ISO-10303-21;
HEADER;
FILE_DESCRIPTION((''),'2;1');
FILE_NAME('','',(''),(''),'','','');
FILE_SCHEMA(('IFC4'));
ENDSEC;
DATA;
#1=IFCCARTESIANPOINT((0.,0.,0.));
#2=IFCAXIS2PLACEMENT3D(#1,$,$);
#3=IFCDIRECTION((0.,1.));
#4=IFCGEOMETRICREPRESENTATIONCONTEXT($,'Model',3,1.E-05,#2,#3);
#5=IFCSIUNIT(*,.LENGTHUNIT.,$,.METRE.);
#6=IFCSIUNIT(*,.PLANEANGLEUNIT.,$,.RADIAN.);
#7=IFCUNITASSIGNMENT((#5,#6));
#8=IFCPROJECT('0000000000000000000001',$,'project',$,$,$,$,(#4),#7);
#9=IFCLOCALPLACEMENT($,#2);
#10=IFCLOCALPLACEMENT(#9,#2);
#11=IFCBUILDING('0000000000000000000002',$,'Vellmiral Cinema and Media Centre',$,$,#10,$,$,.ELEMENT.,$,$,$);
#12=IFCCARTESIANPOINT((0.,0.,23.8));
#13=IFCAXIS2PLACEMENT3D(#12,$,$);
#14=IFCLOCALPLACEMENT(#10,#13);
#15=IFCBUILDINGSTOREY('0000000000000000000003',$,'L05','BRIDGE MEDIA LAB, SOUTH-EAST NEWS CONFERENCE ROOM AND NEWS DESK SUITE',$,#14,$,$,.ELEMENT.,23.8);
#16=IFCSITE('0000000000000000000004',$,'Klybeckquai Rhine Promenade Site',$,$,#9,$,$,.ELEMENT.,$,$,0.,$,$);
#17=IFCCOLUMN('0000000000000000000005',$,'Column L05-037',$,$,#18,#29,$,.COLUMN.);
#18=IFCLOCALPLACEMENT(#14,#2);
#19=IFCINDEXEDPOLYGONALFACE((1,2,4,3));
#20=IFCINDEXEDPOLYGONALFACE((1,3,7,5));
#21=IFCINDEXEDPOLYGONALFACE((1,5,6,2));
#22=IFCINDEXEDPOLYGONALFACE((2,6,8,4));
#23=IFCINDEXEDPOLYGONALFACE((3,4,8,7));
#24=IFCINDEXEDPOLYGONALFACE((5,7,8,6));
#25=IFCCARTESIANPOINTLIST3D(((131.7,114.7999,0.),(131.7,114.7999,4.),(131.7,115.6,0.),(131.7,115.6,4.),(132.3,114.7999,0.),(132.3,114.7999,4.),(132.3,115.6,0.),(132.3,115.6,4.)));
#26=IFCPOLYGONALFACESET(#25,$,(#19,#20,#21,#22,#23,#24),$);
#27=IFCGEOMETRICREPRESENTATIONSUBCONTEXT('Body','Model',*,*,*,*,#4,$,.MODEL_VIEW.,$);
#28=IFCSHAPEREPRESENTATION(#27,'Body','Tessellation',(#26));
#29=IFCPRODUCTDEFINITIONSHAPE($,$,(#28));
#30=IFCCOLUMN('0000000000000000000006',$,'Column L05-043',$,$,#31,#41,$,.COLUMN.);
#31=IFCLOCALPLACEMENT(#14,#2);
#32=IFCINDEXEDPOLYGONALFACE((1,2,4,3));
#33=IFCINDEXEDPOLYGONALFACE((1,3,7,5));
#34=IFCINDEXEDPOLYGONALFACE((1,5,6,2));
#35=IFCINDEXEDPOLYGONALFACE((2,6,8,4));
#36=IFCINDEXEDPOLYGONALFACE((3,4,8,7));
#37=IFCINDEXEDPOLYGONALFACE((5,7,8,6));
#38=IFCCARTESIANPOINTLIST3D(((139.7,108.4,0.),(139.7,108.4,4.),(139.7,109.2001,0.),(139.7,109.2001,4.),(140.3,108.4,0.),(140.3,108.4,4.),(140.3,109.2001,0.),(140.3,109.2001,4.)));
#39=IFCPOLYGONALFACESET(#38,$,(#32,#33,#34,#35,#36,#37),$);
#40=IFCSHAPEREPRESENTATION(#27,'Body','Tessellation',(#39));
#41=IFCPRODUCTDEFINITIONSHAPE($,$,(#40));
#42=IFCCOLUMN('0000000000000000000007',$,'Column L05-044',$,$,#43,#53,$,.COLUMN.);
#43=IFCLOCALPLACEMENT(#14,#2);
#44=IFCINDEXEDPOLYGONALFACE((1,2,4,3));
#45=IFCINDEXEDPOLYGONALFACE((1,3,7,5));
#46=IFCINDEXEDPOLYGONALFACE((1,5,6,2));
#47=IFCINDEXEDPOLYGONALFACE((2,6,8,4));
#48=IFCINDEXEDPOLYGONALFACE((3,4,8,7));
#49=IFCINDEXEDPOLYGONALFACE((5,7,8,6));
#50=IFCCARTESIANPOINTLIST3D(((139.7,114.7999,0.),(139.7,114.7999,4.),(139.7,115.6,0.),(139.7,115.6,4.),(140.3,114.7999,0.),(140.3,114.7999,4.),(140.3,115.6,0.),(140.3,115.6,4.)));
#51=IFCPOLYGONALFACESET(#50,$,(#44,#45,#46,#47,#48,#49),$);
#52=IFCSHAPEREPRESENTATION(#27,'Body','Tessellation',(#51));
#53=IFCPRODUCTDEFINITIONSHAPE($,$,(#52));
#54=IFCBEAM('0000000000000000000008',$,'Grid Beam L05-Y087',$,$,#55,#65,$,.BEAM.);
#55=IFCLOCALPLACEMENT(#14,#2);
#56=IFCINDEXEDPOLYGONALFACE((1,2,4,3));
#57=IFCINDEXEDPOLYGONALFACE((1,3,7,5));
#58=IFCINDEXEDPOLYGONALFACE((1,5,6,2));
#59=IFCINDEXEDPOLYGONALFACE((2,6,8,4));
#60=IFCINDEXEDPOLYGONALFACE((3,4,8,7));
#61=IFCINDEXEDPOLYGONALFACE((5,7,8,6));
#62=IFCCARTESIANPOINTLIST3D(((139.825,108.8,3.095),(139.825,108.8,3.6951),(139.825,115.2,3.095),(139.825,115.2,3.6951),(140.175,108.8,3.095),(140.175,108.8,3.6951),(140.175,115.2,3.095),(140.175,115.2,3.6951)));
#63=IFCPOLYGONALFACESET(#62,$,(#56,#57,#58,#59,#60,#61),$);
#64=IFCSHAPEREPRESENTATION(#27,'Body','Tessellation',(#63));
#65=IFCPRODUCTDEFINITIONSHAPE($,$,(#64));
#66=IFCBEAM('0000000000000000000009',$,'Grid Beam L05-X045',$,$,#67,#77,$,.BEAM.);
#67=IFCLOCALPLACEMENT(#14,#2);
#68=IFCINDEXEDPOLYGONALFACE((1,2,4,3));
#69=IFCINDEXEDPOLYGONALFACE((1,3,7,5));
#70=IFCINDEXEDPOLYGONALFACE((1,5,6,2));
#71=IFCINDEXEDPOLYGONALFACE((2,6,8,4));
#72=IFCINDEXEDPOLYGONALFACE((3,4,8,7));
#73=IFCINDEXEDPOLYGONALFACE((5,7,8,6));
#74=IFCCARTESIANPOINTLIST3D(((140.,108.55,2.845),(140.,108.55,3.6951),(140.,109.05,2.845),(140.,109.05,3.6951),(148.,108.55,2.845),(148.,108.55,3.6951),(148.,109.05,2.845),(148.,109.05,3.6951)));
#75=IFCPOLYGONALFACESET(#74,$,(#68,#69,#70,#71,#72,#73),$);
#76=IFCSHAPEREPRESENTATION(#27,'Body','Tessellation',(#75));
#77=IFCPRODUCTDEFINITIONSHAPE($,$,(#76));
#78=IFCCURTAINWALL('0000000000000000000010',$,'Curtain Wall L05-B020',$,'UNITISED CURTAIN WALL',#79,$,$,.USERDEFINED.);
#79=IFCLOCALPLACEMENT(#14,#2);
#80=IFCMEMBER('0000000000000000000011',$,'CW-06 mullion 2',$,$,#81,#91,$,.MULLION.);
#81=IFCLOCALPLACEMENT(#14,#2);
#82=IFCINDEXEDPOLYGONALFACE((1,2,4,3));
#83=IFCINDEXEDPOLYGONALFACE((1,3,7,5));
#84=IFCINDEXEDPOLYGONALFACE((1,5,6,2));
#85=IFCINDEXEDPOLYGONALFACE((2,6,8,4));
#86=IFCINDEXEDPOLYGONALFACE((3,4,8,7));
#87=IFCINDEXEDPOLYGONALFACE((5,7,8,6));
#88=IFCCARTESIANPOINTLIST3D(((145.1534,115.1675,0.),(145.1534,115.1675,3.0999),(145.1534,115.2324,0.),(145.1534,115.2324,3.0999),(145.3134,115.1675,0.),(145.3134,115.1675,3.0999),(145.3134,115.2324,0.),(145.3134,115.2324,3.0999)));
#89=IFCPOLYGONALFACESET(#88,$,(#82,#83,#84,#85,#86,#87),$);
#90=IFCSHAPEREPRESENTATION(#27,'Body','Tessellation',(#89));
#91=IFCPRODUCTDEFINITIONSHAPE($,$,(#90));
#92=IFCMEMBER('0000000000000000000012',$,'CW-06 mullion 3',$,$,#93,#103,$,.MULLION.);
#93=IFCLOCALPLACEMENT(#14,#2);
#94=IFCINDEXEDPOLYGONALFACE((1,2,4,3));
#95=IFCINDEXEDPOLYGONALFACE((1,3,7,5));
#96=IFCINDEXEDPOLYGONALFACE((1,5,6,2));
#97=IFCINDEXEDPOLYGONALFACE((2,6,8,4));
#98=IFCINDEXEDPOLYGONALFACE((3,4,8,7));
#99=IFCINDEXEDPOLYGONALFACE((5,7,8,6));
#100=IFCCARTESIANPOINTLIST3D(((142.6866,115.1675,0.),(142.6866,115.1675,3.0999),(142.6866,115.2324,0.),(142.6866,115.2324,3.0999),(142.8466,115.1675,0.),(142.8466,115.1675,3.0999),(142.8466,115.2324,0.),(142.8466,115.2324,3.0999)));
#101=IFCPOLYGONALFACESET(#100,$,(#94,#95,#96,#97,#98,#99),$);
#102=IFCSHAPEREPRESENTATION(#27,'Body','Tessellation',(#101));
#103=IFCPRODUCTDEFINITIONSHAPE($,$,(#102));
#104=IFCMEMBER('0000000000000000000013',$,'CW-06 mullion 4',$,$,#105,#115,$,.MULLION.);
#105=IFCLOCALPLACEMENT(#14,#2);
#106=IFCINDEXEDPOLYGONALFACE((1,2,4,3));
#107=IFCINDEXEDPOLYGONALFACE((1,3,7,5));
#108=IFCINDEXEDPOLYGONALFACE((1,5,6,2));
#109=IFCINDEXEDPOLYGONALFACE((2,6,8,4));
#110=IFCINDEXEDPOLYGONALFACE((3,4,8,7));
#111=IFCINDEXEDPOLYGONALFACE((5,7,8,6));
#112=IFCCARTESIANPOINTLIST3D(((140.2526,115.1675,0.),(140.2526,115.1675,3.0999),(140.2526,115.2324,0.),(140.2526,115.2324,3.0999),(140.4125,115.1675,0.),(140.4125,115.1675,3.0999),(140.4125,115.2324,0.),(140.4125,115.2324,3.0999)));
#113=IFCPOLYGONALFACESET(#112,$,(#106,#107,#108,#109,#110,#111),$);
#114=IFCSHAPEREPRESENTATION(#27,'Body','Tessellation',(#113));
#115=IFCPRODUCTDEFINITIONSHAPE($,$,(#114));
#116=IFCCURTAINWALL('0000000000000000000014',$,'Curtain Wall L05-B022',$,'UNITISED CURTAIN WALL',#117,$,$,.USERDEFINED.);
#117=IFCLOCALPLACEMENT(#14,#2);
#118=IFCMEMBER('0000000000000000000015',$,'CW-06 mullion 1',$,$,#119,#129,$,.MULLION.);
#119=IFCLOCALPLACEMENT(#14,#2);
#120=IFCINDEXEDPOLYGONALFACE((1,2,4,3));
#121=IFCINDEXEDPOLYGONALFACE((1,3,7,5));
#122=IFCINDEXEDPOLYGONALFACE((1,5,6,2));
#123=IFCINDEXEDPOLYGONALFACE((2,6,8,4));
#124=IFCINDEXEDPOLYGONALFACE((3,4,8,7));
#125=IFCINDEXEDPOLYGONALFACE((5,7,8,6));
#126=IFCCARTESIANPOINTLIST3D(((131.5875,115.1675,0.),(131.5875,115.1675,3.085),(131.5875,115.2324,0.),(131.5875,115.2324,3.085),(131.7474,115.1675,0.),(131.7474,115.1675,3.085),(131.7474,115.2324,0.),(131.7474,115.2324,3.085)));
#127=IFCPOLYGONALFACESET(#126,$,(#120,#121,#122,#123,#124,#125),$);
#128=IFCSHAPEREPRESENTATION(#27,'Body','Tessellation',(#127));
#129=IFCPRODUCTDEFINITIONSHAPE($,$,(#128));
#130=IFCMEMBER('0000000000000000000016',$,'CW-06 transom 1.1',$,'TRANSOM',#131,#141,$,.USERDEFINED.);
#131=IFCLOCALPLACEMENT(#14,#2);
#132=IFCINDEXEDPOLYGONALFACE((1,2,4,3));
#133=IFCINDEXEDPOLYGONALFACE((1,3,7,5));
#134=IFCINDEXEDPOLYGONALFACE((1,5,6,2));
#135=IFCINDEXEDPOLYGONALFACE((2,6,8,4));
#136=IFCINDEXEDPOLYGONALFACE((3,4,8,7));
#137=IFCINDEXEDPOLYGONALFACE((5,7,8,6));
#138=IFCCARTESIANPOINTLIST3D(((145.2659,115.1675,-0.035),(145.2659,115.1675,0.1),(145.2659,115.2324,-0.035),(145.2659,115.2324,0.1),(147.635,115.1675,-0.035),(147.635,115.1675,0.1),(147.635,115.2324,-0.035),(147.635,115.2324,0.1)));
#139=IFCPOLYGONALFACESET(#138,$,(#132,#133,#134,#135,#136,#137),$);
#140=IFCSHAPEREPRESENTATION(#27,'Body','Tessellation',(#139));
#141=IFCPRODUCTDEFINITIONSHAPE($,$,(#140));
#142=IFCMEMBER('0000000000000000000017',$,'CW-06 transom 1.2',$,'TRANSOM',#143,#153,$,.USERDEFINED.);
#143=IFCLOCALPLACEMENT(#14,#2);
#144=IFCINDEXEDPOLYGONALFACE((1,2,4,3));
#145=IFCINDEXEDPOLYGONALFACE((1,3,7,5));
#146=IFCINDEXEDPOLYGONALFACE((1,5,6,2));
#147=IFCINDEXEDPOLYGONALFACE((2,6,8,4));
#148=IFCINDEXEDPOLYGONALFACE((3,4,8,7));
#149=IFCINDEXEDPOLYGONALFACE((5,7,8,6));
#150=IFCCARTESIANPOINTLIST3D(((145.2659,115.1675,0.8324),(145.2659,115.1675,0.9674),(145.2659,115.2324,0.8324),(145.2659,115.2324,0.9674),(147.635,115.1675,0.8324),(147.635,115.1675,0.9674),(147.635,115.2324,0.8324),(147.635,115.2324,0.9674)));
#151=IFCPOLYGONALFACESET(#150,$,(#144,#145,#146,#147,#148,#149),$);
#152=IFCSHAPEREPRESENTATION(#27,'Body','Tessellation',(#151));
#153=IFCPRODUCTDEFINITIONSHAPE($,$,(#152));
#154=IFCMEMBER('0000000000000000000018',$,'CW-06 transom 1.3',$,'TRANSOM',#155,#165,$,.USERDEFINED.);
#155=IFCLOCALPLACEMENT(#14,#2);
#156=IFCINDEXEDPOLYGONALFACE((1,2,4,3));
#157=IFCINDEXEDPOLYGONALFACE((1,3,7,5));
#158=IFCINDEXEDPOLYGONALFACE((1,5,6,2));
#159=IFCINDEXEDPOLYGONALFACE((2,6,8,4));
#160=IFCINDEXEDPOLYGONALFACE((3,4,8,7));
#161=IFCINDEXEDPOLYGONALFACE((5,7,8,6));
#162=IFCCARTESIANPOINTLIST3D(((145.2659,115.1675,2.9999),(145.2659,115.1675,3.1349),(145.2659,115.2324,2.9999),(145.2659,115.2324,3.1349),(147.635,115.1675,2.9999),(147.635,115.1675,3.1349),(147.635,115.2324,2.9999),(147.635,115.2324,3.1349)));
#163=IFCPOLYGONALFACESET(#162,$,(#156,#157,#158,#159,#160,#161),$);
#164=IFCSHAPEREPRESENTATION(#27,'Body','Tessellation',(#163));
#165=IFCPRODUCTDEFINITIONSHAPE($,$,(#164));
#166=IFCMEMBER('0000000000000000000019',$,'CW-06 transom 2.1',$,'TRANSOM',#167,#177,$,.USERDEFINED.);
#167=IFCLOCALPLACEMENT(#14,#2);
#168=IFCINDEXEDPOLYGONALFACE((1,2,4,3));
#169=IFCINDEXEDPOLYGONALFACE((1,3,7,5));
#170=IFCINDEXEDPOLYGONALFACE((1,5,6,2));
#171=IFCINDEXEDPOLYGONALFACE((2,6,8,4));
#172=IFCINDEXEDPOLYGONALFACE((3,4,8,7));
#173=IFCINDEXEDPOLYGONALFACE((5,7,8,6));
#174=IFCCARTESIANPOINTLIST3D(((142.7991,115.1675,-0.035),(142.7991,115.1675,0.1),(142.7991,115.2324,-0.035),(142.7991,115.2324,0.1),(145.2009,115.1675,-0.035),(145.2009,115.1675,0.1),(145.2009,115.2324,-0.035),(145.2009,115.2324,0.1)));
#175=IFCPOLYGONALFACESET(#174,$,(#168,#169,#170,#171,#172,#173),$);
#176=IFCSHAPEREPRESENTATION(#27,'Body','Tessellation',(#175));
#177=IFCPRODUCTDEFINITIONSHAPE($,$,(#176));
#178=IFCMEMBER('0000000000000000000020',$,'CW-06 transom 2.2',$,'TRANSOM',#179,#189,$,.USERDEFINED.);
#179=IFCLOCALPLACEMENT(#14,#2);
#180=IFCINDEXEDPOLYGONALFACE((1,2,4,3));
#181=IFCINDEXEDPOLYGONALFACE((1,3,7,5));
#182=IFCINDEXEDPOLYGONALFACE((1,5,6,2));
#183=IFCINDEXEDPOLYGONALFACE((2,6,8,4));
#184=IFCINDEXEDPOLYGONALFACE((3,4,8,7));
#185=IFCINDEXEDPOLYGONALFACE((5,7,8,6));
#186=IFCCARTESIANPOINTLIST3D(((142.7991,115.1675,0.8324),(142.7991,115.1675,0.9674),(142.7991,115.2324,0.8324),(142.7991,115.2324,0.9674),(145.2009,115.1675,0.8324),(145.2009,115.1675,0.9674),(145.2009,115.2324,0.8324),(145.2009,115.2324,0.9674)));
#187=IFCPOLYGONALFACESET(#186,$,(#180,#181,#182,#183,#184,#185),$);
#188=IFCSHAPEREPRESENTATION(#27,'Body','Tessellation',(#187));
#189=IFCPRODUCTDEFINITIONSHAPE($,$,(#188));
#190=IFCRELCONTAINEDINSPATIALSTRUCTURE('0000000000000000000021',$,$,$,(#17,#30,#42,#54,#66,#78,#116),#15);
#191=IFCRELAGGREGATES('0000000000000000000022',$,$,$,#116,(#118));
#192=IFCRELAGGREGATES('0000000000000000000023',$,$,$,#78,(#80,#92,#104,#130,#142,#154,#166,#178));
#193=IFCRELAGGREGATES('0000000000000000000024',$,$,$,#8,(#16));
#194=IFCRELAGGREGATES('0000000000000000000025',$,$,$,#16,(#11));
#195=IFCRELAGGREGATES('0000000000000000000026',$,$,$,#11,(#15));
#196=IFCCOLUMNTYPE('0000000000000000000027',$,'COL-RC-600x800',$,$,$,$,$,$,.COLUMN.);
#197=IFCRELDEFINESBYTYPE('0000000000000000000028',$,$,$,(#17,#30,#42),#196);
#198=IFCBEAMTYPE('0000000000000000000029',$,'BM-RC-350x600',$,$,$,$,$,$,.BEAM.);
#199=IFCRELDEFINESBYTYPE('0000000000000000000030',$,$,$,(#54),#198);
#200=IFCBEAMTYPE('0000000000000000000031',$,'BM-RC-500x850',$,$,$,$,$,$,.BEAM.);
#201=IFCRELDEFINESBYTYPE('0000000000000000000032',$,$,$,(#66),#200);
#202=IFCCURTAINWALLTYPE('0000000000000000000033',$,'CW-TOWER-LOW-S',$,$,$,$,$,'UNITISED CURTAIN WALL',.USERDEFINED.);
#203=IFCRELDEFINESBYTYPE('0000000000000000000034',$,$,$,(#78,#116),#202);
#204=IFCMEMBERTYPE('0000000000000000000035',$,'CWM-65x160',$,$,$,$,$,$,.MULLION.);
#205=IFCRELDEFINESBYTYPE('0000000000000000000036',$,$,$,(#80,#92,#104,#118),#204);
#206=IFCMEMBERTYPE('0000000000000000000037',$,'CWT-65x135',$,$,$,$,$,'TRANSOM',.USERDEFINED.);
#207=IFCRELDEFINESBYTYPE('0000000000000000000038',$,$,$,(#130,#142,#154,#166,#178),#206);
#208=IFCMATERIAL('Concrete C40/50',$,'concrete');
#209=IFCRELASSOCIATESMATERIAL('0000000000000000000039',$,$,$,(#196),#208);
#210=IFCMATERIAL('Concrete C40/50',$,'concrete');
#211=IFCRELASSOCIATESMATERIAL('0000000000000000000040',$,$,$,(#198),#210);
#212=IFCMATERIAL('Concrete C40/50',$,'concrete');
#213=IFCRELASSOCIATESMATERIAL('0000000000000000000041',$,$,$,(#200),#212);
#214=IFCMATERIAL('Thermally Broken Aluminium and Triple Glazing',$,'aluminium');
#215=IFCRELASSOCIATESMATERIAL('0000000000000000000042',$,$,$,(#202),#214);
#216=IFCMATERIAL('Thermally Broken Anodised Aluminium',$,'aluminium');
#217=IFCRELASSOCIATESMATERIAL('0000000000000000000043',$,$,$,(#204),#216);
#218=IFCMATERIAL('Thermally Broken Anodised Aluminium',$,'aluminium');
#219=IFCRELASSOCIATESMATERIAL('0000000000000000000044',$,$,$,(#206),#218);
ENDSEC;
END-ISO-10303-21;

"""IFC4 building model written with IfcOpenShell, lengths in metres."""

from ifc_helpers import new_model, si_unit, direction, frame, origin, origin_2d, place, context, subcontext, project, spatial, rectangle, extrude, material, material_profile, profile_set, type_object, element, aggregate, save


model = new_model("IFC4")

# Units and contexts
model_context = context("Model", 3, precision=1e-05, world=origin(), true_north=direction((0.0, 1.0)))
body_context = subcontext(model_context, "Body", "Model", "MODEL_VIEW")
ifc_project = project(units=[si_unit("LENGTHUNIT", "METRE"), si_unit("PLANEANGLEUNIT", "RADIAN")], contexts=[model_context])

# Site, building, storey
site_placement = place(None, origin())
site = spatial("IfcSite", under=ifc_project, at=site_placement, Name="Klybeckquai Rhine Promenade Site", CompositionType="ELEMENT", RefElevation=0.0)
building_placement = place(site_placement, origin())
building = spatial("IfcBuilding", under=site, at=building_placement, Name="Vellmiral Cinema and Media Centre", CompositionType="ELEMENT")
storey_placement = place(building_placement, frame((0.0, 0.0, 23.8)))
storey = spatial("IfcBuildingStorey", under=building, at=storey_placement, Name="L05", Description="BRIDGE MEDIA LAB, SOUTH-EAST NEWS CONFERENCE ROOM AND NEWS DESK SUITE", CompositionType="ELEMENT", Elevation=23.8)

# Columns
ifc_material_1 = material(Name="Concrete C40/50", Category="concrete")
ifc_material_profile_1 = material_profile(ifc_material_1, rectangle(XDim=0.6001, YDim=0.8, at=origin_2d()), Name="RC 600x800")
ifc_profile_set_1 = profile_set([ifc_material_profile_1], Name="Concrete C40/50")
column_type = type_object("IfcColumnType", Name="COL-RC-600x800", PredefinedType="COLUMN", material=ifc_profile_set_1)
for number, where, z_axis, x_axis, name in (
    (1, (132.0, 115.2, 0.0), (0.0, 0.0, 1.0), (1.0, 0.0, 0.0), "Column L05-037"),
    (2, (140.0, 108.8, 0.0), (0.0, 0.0, 1.0), (1.0, 0.0, 0.0), "Column L05-043"),
    (3, (140.0, 115.2, 0.0), (0.0, 0.0, 1.0), (1.0, 0.0, 0.0), "Column L05-044"),
):
    element("IfcColumn", number, at=place(storey_placement, frame(where, z_axis=z_axis, x_axis=x_axis)), inside=storey, type_object=column_type, Name=name, PredefinedType="COLUMN", context=body_context, shape_type="SweptSolid", body=[
        extrude(rectangle(XDim=0.6001, YDim=0.8, at=origin_2d()), origin(), (0.0, 0.0, 1.0), 4.0),
    ])

# Beams
ifc_material_2 = material(Name="Concrete C40/50", Category="concrete")
ifc_material_profile_2 = material_profile(ifc_material_2, rectangle(XDim=0.3501, YDim=0.6001, at=origin_2d()), Name="RC 350x600")
ifc_profile_set_2 = profile_set([ifc_material_profile_2], Name="Concrete C40/50")
beam_type_1 = type_object("IfcBeamType", Name="BM-RC-350x600", PredefinedType="BEAM", material=ifc_profile_set_2)
beam_1_placement = place(storey_placement, frame((140.0, 108.8, 3.395), z_axis=(0.0, 1.0, 0.0), x_axis=(-1.0, 0.0, 0.0)))
element("IfcBeam", 4, at=beam_1_placement, inside=storey, type_object=beam_type_1, Name="Grid Beam L05-Y087", PredefinedType="BEAM", context=body_context, shape_type="SweptSolid", body=[
    extrude(rectangle(XDim=0.3501, YDim=0.6001, at=origin_2d()), origin(), (0.0, 0.0, 1.0), 6.3999),
])
ifc_material_3 = material(Name="Concrete C40/50", Category="concrete")
ifc_material_profile_3 = material_profile(ifc_material_3, rectangle(XDim=0.5, YDim=0.8501, at=origin_2d()), Name="RC 500x850")
ifc_profile_set_3 = profile_set([ifc_material_profile_3], Name="Concrete C40/50")
beam_type_2 = type_object("IfcBeamType", Name="BM-RC-500x850", PredefinedType="BEAM", material=ifc_profile_set_3)
beam_2_placement = place(storey_placement, frame((140.0, 108.8, 3.27), z_axis=(1.0, 0.0, 0.0), x_axis=(0.0, 1.0, 0.0)))
element("IfcBeam", 5, at=beam_2_placement, inside=storey, type_object=beam_type_2, Name="Grid Beam L05-X045", PredefinedType="BEAM", context=body_context, shape_type="SweptSolid", body=[
    extrude(rectangle(XDim=0.5, YDim=0.8501, at=origin_2d()), origin(), (0.0, 0.0, 1.0), 8.0),
])

# Curtain wall, members
ifc_material_4 = material(Name="Thermally Broken Aluminium and Triple Glazing", Category="aluminium")
curtain_wall_type = type_object("IfcCurtainWallType", Name="CW-TOWER-LOW-S", ElementType="UNITISED CURTAIN WALL", PredefinedType="USERDEFINED", material=ifc_material_4)
curtain_wall_1_placement = place(storey_placement, origin())
curtain_wall_1 = element("IfcCurtainWall", 6, at=curtain_wall_1_placement, inside=storey, type_object=curtain_wall_type, Name="Curtain Wall L05-B020", ObjectType="UNITISED CURTAIN WALL", PredefinedType="USERDEFINED")
ifc_material_5 = material(Name="Thermally Broken Anodised Aluminium", Category="aluminium")
ifc_material_profile_4 = material_profile(ifc_material_5, rectangle(XDim=0.0649, YDim=0.1599, at=origin_2d()), Name="MULL 65x160")
ifc_profile_set_4 = profile_set([ifc_material_profile_4], Name="Thermally Broken Anodised Aluminium")
member_type_1 = type_object("IfcMemberType", Name="CWM-65x160", PredefinedType="MULLION", material=ifc_profile_set_4)
member_1_placement = place(storey_placement, frame((145.2334, 115.2, 0.0), z_axis=(0.0, 0.0, 1.0), x_axis=(0.0, -1.0, 0.0)))
member_1 = element("IfcMember", 7, at=member_1_placement, type_object=member_type_1, Name="CW-06 mullion 2", PredefinedType="MULLION", context=body_context, shape_type="SweptSolid", body=[
    extrude(rectangle(XDim=0.0649, YDim=0.1599, at=origin_2d()), origin(), (0.0, 0.0, 1.0), 3.0999),
])
member_2_placement = place(storey_placement, frame((142.7666, 115.2, 0.0), z_axis=(0.0, 0.0, 1.0), x_axis=(0.0, -1.0, 0.0)))
member_2 = element("IfcMember", 8, at=member_2_placement, type_object=member_type_1, Name="CW-06 mullion 3", PredefinedType="MULLION", context=body_context, shape_type="SweptSolid", body=[
    extrude(rectangle(XDim=0.0649, YDim=0.1599, at=origin_2d()), origin(), (0.0, 0.0, 1.0), 3.0999),
])
member_3_placement = place(storey_placement, frame((140.3325, 115.2, 0.0), z_axis=(0.0, 0.0, 1.0), x_axis=(0.0, -1.0, 0.0)))
member_3 = element("IfcMember", 9, at=member_3_placement, type_object=member_type_1, Name="CW-06 mullion 4", PredefinedType="MULLION", context=body_context, shape_type="SweptSolid", body=[
    extrude(rectangle(XDim=0.0649, YDim=0.1599, at=origin_2d()), origin(), (0.0, 0.0, 1.0), 3.0999),
])

# Curtain wall, member
curtain_wall_2_placement = place(storey_placement, origin())
curtain_wall_2 = element("IfcCurtainWall", 10, at=curtain_wall_2_placement, inside=storey, type_object=curtain_wall_type, Name="Curtain Wall L05-B022", ObjectType="UNITISED CURTAIN WALL", PredefinedType="USERDEFINED")
member_4_placement = place(storey_placement, frame((131.6675, 115.2, 0.0), z_axis=(0.0, 0.0, 1.0), x_axis=(0.0, -1.0, 0.0)))
member_4 = element("IfcMember", 11, at=member_4_placement, type_object=member_type_1, Name="CW-06 mullion 1", PredefinedType="MULLION", context=body_context, shape_type="SweptSolid", body=[
    extrude(rectangle(XDim=0.0649, YDim=0.1599, at=origin_2d()), origin(), (0.0, 0.0, 1.0), 3.085),
])

# Members
ifc_material_6 = material(Name="Thermally Broken Anodised Aluminium", Category="aluminium")
ifc_material_profile_5 = material_profile(ifc_material_6, rectangle(XDim=0.0649, YDim=0.135, at=origin_2d()), Name="MULL 65x135")
ifc_profile_set_5 = profile_set([ifc_material_profile_5], Name="Thermally Broken Anodised Aluminium")
member_type_2 = type_object("IfcMemberType", Name="CWT-65x135", ElementType="TRANSOM", PredefinedType="USERDEFINED", material=ifc_profile_set_5)
member_5_placement = place(storey_placement, frame((147.635, 115.2, 0.0325), z_axis=(-1.0, 0.0, 0.0), x_axis=(0.0, -1.0, 0.0)))
member_5 = element("IfcMember", 12, at=member_5_placement, type_object=member_type_2, Name="CW-06 transom 1.1", ObjectType="TRANSOM", PredefinedType="USERDEFINED", context=body_context, shape_type="SweptSolid", body=[
    extrude(rectangle(XDim=0.0649, YDim=0.135, at=origin_2d()), origin(), (0.0, 0.0, 1.0), 2.3691),
])
member_6_placement = place(storey_placement, frame((147.635, 115.2, 0.8999), z_axis=(-1.0, 0.0, 0.0), x_axis=(0.0, -1.0, 0.0)))
member_6 = element("IfcMember", 13, at=member_6_placement, type_object=member_type_2, Name="CW-06 transom 1.2", ObjectType="TRANSOM", PredefinedType="USERDEFINED", context=body_context, shape_type="SweptSolid", body=[
    extrude(rectangle(XDim=0.0649, YDim=0.135, at=origin_2d()), origin(), (0.0, 0.0, 1.0), 2.3691),
])
member_7_placement = place(storey_placement, frame((147.635, 115.2, 3.0674), z_axis=(-1.0, 0.0, 0.0), x_axis=(0.0, -1.0, 0.0)))
member_7 = element("IfcMember", 14, at=member_7_placement, type_object=member_type_2, Name="CW-06 transom 1.3", ObjectType="TRANSOM", PredefinedType="USERDEFINED", context=body_context, shape_type="SweptSolid", body=[
    extrude(rectangle(XDim=0.0649, YDim=0.135, at=origin_2d()), origin(), (0.0, 0.0, 1.0), 2.3691),
])
member_8_placement = place(storey_placement, frame((145.2009, 115.2, 0.0325), z_axis=(-1.0, 0.0, 0.0), x_axis=(0.0, -1.0, 0.0)))
member_8 = element("IfcMember", 15, at=member_8_placement, type_object=member_type_2, Name="CW-06 transom 2.1", ObjectType="TRANSOM", PredefinedType="USERDEFINED", context=body_context, shape_type="SweptSolid", body=[
    extrude(rectangle(XDim=0.0649, YDim=0.135, at=origin_2d()), origin(), (0.0, 0.0, 1.0), 2.4019),
])
member_9_placement = place(storey_placement, frame((145.2009, 115.2, 0.8999), z_axis=(-1.0, 0.0, 0.0), x_axis=(0.0, -1.0, 0.0)))
member_9 = element("IfcMember", 16, at=member_9_placement, type_object=member_type_2, Name="CW-06 transom 2.2", ObjectType="TRANSOM", PredefinedType="USERDEFINED", context=body_context, shape_type="SweptSolid", body=[
    extrude(rectangle(XDim=0.0649, YDim=0.135, at=origin_2d()), origin(), (0.0, 0.0, 1.0), 2.4019),
])
aggregate(curtain_wall_2, [member_4])

aggregate(curtain_wall_1, [member_1, member_2, member_3, member_5, member_6, member_7, member_8, member_9])

save(model, "model.ifc")
